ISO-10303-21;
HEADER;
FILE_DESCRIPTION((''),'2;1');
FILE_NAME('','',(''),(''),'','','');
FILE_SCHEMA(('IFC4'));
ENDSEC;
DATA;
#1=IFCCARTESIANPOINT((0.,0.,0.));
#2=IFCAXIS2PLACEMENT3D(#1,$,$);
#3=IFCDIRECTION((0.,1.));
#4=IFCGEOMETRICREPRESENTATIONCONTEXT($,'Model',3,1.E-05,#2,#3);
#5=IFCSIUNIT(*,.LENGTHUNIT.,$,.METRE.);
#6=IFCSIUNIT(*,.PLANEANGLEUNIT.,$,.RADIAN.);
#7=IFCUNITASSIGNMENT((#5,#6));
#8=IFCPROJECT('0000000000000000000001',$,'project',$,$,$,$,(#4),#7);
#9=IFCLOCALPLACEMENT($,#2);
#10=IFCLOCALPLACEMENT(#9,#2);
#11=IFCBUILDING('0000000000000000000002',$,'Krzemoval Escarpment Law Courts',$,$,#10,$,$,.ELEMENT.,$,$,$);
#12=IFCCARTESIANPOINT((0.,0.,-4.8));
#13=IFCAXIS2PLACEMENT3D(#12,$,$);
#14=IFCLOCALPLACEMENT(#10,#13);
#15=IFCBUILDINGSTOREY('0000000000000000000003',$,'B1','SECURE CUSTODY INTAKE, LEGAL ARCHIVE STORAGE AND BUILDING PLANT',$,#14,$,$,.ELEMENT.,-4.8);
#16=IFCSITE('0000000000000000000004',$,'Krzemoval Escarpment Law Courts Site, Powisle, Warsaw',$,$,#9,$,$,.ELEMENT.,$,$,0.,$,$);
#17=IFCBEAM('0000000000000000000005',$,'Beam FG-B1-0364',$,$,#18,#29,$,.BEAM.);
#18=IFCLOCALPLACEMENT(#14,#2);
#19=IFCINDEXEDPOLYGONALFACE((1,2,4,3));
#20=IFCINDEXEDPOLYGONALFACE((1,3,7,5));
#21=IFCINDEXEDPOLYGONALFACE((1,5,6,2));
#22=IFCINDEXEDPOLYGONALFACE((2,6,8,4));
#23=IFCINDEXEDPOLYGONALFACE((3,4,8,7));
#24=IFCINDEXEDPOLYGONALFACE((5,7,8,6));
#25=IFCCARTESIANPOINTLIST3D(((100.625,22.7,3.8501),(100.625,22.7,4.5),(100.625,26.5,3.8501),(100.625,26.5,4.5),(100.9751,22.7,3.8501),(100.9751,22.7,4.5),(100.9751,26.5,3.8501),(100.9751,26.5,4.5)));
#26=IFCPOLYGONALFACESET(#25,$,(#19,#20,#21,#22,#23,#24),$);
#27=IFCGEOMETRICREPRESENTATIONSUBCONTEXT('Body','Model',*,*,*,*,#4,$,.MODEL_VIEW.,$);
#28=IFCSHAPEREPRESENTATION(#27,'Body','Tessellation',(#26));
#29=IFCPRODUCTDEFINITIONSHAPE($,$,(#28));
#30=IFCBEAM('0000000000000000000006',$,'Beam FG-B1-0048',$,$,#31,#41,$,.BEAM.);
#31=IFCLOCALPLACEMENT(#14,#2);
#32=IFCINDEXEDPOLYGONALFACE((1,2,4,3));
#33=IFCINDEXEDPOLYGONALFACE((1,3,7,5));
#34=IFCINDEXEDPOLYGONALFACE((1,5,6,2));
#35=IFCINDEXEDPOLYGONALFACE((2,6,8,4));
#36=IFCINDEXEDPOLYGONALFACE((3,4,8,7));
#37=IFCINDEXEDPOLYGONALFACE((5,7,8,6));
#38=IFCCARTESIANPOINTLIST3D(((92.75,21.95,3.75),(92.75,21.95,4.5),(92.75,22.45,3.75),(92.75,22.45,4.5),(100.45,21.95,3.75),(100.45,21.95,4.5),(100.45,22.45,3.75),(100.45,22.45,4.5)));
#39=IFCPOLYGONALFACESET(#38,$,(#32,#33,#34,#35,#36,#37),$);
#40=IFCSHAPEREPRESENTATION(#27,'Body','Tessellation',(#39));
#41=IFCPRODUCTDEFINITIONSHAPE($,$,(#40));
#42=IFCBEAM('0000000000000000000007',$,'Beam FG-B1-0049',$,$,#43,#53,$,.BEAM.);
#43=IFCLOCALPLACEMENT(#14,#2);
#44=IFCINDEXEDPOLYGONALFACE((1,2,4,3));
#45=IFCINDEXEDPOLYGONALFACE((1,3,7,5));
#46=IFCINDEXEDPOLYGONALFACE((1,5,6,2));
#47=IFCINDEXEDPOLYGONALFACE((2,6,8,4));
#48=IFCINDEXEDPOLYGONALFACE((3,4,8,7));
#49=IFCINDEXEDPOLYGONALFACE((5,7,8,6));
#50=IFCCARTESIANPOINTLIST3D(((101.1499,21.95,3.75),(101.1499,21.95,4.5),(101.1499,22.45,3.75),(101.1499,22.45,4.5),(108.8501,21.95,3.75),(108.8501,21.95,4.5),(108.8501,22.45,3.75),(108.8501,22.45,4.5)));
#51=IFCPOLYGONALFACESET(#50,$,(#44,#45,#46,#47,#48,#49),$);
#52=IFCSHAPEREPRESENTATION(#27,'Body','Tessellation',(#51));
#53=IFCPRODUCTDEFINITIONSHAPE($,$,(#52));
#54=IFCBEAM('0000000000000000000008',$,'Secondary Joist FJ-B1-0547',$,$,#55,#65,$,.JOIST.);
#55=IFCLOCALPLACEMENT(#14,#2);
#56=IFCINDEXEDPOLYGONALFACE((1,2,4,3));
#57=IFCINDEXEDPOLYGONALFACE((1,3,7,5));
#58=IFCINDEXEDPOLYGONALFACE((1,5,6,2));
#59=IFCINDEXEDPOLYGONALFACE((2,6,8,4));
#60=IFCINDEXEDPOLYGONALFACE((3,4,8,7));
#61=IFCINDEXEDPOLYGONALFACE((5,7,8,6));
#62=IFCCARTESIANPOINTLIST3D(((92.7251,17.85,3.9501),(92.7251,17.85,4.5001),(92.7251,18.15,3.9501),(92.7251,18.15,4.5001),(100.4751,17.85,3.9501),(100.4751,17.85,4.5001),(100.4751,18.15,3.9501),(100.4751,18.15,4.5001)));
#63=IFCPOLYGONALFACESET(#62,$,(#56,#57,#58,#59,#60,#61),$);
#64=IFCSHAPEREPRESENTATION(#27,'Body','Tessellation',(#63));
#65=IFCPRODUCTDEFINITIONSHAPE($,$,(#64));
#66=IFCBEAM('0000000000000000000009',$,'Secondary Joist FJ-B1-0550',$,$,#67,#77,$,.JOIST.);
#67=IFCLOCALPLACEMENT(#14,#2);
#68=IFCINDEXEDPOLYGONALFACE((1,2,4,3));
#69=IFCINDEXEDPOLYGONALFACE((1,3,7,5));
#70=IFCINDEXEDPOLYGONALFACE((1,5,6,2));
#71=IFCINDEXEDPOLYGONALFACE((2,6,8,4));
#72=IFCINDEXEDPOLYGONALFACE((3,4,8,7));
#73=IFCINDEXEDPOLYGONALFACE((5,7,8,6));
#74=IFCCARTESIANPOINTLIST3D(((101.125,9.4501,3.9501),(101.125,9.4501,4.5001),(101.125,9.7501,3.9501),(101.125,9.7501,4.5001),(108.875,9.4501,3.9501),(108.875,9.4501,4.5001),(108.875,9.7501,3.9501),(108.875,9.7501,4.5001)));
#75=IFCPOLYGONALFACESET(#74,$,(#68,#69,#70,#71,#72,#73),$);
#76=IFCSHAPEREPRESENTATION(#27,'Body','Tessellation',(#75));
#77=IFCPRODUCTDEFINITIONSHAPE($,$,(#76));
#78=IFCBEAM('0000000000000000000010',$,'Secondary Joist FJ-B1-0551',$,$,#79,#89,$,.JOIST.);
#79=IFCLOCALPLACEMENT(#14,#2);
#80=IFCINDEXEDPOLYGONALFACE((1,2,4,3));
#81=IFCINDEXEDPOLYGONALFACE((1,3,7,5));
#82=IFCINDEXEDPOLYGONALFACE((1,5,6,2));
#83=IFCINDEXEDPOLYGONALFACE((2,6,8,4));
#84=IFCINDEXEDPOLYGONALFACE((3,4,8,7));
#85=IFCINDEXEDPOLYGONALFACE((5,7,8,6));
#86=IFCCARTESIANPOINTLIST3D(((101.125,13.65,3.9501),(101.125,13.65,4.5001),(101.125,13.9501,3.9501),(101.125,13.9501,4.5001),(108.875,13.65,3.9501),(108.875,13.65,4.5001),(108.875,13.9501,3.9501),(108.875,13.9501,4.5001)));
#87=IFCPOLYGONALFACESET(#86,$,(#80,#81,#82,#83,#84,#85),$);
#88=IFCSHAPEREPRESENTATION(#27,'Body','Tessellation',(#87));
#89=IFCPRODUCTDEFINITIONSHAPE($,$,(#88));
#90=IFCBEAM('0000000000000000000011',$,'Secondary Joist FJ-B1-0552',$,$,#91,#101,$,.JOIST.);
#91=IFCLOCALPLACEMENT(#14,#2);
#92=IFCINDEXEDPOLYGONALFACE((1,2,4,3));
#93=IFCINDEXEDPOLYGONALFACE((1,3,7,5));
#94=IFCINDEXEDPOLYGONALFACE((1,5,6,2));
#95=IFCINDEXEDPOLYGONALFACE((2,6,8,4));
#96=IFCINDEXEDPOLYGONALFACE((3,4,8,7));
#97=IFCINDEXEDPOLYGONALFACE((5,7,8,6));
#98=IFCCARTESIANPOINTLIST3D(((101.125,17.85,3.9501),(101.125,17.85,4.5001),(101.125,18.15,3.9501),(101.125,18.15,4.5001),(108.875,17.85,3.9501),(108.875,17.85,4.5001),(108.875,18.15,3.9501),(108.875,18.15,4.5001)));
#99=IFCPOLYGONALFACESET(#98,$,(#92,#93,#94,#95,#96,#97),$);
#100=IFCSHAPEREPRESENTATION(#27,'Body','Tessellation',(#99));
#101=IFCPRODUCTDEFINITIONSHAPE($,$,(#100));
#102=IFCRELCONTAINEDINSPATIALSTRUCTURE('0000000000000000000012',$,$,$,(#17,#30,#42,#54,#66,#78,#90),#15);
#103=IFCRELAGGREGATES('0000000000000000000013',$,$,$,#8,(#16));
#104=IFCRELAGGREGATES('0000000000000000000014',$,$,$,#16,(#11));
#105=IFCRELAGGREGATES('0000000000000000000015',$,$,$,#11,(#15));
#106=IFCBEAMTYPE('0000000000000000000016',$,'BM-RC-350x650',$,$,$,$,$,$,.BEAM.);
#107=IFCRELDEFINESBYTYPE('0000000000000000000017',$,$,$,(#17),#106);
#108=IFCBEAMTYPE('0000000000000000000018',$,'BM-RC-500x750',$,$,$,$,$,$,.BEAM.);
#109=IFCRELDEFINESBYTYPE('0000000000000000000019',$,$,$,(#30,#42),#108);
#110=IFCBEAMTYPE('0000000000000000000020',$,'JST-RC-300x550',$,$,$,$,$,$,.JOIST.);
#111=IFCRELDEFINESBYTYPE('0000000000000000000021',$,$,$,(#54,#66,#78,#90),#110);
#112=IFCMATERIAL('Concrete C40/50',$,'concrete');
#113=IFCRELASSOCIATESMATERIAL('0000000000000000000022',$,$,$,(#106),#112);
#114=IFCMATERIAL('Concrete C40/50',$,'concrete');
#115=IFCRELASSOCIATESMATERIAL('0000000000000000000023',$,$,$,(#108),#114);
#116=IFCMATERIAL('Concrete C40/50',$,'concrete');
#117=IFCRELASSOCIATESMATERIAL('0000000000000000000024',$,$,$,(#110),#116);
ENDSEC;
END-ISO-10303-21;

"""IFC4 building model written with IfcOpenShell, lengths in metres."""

from ifc_helpers import new_model, si_unit, direction, frame, origin, origin_2d, place, context, subcontext, project, spatial, rectangle, extrude, material, material_profile, profile_set, type_object, element, save


model = new_model("IFC4")

# Units and contexts
model_context = context("Model", 3, precision=1e-05, world=origin(), true_north=direction((0.0, 1.0)))
body_context = subcontext(model_context, "Body", "Model", "MODEL_VIEW")
ifc_project = project(units=[si_unit("LENGTHUNIT", "METRE"), si_unit("PLANEANGLEUNIT", "RADIAN")], contexts=[model_context])

# Site, building, storey
site_placement = place(None, origin())
site = spatial("IfcSite", under=ifc_project, at=site_placement, Name="Krzemoval Escarpment Law Courts Site, Powisle, Warsaw", CompositionType="ELEMENT", RefElevation=0.0)
building_placement = place(site_placement, origin())
building = spatial("IfcBuilding", under=site, at=building_placement, Name="Krzemoval Escarpment Law Courts", CompositionType="ELEMENT")
storey_placement = place(building_placement, frame((0.0, 0.0, -4.8)))
storey = spatial("IfcBuildingStorey", under=building, at=storey_placement, Name="B1", Description="SECURE CUSTODY INTAKE, LEGAL ARCHIVE STORAGE AND BUILDING PLANT", CompositionType="ELEMENT", Elevation=-4.8)

# Beams
ifc_material_1 = material(Name="Concrete C40/50", Category="concrete")
ifc_material_profile_1 = material_profile(ifc_material_1, rectangle(XDim=0.3501, YDim=0.6499, at=origin_2d()), Name="RCB 350x650")
ifc_profile_set_1 = profile_set([ifc_material_profile_1], Name="Concrete C40/50")
beam_type_1 = type_object("IfcBeamType", Name="BM-RC-350x650", PredefinedType="BEAM", material=ifc_profile_set_1)
beam_1_placement = place(storey_placement, frame((100.8, 22.7, 4.175), z_axis=(0.0, 1.0, 0.0), x_axis=(-1.0, 0.0, 0.0)))
element("IfcBeam", 1, at=beam_1_placement, inside=storey, type_object=beam_type_1, Name="Beam FG-B1-0364", PredefinedType="BEAM", context=body_context, shape_type="SweptSolid", body=[
    extrude(rectangle(XDim=0.3501, YDim=0.6499, at=origin_2d()), origin(), (0.0, 0.0, 1.0), 3.8),
])
ifc_material_2 = material(Name="Concrete C40/50", Category="concrete")
ifc_material_profile_2 = material_profile(ifc_material_2, rectangle(XDim=0.5, YDim=0.75, at=origin_2d()), Name="RCB 500x750")
ifc_profile_set_2 = profile_set([ifc_material_profile_2], Name="Concrete C40/50")
beam_type_2 = type_object("IfcBeamType", Name="BM-RC-500x750", PredefinedType="BEAM", material=ifc_profile_set_2)
beam_2_placement = place(storey_placement, frame((92.75, 22.2, 4.125), z_axis=(1.0, 0.0, 0.0), x_axis=(0.0, 1.0, 0.0)))
element("IfcBeam", 2, at=beam_2_placement, inside=storey, type_object=beam_type_2, Name="Beam FG-B1-0048", PredefinedType="BEAM", context=body_context, shape_type="SweptSolid", body=[
    extrude(rectangle(XDim=0.5, YDim=0.75, at=origin_2d()), origin(), (0.0, 0.0, 1.0), 7.7),
])
beam_3_placement = place(storey_placement, frame((101.1499, 22.2, 4.125), z_axis=(1.0, 0.0, 0.0), x_axis=(0.0, 1.0, 0.0)))
element("IfcBeam", 3, at=beam_3_placement, inside=storey, type_object=beam_type_2, Name="Beam FG-B1-0049", PredefinedType="BEAM", context=body_context, shape_type="SweptSolid", body=[
    extrude(rectangle(XDim=0.5, YDim=0.75, at=origin_2d()), origin(), (0.0, 0.0, 1.0), 7.7002),
])
ifc_material_3 = material(Name="Concrete C40/50", Category="concrete")
ifc_material_profile_3 = material_profile(ifc_material_3, rectangle(XDim=0.3, YDim=0.55, at=origin_2d()), Name="RCB 300x550")
ifc_profile_set_3 = profile_set([ifc_material_profile_3], Name="Concrete C40/50")
beam_type_3 = type_object("IfcBeamType", Name="JST-RC-300x550", PredefinedType="JOIST", material=ifc_profile_set_3)
for number, where, z_axis, x_axis, name in (
    (4, (92.7251, 18.0, 4.2251), (1.0, 0.0, 0.0), (0.0, 1.0, 0.0), "Secondary Joist FJ-B1-0547"),
    (5, (101.125, 9.6001, 4.2251), (1.0, 0.0, 0.0), (0.0, 1.0, 0.0), "Secondary Joist FJ-B1-0550"),
    (6, (101.125, 13.8, 4.2251), (1.0, 0.0, 0.0), (0.0, 1.0, 0.0), "Secondary Joist FJ-B1-0551"),
    (7, (101.125, 18.0, 4.2251), (1.0, 0.0, 0.0), (0.0, 1.0, 0.0), "Secondary Joist FJ-B1-0552"),
):
    element("IfcBeam", number, at=place(storey_placement, frame(where, z_axis=z_axis, x_axis=x_axis)), inside=storey, type_object=beam_type_3, Name=name, PredefinedType="JOIST", context=body_context, shape_type="SweptSolid", body=[
        extrude(rectangle(XDim=0.3, YDim=0.55, at=origin_2d()), origin(), (0.0, 0.0, 1.0), 7.75),
    ])

save(model, "model.ifc")
